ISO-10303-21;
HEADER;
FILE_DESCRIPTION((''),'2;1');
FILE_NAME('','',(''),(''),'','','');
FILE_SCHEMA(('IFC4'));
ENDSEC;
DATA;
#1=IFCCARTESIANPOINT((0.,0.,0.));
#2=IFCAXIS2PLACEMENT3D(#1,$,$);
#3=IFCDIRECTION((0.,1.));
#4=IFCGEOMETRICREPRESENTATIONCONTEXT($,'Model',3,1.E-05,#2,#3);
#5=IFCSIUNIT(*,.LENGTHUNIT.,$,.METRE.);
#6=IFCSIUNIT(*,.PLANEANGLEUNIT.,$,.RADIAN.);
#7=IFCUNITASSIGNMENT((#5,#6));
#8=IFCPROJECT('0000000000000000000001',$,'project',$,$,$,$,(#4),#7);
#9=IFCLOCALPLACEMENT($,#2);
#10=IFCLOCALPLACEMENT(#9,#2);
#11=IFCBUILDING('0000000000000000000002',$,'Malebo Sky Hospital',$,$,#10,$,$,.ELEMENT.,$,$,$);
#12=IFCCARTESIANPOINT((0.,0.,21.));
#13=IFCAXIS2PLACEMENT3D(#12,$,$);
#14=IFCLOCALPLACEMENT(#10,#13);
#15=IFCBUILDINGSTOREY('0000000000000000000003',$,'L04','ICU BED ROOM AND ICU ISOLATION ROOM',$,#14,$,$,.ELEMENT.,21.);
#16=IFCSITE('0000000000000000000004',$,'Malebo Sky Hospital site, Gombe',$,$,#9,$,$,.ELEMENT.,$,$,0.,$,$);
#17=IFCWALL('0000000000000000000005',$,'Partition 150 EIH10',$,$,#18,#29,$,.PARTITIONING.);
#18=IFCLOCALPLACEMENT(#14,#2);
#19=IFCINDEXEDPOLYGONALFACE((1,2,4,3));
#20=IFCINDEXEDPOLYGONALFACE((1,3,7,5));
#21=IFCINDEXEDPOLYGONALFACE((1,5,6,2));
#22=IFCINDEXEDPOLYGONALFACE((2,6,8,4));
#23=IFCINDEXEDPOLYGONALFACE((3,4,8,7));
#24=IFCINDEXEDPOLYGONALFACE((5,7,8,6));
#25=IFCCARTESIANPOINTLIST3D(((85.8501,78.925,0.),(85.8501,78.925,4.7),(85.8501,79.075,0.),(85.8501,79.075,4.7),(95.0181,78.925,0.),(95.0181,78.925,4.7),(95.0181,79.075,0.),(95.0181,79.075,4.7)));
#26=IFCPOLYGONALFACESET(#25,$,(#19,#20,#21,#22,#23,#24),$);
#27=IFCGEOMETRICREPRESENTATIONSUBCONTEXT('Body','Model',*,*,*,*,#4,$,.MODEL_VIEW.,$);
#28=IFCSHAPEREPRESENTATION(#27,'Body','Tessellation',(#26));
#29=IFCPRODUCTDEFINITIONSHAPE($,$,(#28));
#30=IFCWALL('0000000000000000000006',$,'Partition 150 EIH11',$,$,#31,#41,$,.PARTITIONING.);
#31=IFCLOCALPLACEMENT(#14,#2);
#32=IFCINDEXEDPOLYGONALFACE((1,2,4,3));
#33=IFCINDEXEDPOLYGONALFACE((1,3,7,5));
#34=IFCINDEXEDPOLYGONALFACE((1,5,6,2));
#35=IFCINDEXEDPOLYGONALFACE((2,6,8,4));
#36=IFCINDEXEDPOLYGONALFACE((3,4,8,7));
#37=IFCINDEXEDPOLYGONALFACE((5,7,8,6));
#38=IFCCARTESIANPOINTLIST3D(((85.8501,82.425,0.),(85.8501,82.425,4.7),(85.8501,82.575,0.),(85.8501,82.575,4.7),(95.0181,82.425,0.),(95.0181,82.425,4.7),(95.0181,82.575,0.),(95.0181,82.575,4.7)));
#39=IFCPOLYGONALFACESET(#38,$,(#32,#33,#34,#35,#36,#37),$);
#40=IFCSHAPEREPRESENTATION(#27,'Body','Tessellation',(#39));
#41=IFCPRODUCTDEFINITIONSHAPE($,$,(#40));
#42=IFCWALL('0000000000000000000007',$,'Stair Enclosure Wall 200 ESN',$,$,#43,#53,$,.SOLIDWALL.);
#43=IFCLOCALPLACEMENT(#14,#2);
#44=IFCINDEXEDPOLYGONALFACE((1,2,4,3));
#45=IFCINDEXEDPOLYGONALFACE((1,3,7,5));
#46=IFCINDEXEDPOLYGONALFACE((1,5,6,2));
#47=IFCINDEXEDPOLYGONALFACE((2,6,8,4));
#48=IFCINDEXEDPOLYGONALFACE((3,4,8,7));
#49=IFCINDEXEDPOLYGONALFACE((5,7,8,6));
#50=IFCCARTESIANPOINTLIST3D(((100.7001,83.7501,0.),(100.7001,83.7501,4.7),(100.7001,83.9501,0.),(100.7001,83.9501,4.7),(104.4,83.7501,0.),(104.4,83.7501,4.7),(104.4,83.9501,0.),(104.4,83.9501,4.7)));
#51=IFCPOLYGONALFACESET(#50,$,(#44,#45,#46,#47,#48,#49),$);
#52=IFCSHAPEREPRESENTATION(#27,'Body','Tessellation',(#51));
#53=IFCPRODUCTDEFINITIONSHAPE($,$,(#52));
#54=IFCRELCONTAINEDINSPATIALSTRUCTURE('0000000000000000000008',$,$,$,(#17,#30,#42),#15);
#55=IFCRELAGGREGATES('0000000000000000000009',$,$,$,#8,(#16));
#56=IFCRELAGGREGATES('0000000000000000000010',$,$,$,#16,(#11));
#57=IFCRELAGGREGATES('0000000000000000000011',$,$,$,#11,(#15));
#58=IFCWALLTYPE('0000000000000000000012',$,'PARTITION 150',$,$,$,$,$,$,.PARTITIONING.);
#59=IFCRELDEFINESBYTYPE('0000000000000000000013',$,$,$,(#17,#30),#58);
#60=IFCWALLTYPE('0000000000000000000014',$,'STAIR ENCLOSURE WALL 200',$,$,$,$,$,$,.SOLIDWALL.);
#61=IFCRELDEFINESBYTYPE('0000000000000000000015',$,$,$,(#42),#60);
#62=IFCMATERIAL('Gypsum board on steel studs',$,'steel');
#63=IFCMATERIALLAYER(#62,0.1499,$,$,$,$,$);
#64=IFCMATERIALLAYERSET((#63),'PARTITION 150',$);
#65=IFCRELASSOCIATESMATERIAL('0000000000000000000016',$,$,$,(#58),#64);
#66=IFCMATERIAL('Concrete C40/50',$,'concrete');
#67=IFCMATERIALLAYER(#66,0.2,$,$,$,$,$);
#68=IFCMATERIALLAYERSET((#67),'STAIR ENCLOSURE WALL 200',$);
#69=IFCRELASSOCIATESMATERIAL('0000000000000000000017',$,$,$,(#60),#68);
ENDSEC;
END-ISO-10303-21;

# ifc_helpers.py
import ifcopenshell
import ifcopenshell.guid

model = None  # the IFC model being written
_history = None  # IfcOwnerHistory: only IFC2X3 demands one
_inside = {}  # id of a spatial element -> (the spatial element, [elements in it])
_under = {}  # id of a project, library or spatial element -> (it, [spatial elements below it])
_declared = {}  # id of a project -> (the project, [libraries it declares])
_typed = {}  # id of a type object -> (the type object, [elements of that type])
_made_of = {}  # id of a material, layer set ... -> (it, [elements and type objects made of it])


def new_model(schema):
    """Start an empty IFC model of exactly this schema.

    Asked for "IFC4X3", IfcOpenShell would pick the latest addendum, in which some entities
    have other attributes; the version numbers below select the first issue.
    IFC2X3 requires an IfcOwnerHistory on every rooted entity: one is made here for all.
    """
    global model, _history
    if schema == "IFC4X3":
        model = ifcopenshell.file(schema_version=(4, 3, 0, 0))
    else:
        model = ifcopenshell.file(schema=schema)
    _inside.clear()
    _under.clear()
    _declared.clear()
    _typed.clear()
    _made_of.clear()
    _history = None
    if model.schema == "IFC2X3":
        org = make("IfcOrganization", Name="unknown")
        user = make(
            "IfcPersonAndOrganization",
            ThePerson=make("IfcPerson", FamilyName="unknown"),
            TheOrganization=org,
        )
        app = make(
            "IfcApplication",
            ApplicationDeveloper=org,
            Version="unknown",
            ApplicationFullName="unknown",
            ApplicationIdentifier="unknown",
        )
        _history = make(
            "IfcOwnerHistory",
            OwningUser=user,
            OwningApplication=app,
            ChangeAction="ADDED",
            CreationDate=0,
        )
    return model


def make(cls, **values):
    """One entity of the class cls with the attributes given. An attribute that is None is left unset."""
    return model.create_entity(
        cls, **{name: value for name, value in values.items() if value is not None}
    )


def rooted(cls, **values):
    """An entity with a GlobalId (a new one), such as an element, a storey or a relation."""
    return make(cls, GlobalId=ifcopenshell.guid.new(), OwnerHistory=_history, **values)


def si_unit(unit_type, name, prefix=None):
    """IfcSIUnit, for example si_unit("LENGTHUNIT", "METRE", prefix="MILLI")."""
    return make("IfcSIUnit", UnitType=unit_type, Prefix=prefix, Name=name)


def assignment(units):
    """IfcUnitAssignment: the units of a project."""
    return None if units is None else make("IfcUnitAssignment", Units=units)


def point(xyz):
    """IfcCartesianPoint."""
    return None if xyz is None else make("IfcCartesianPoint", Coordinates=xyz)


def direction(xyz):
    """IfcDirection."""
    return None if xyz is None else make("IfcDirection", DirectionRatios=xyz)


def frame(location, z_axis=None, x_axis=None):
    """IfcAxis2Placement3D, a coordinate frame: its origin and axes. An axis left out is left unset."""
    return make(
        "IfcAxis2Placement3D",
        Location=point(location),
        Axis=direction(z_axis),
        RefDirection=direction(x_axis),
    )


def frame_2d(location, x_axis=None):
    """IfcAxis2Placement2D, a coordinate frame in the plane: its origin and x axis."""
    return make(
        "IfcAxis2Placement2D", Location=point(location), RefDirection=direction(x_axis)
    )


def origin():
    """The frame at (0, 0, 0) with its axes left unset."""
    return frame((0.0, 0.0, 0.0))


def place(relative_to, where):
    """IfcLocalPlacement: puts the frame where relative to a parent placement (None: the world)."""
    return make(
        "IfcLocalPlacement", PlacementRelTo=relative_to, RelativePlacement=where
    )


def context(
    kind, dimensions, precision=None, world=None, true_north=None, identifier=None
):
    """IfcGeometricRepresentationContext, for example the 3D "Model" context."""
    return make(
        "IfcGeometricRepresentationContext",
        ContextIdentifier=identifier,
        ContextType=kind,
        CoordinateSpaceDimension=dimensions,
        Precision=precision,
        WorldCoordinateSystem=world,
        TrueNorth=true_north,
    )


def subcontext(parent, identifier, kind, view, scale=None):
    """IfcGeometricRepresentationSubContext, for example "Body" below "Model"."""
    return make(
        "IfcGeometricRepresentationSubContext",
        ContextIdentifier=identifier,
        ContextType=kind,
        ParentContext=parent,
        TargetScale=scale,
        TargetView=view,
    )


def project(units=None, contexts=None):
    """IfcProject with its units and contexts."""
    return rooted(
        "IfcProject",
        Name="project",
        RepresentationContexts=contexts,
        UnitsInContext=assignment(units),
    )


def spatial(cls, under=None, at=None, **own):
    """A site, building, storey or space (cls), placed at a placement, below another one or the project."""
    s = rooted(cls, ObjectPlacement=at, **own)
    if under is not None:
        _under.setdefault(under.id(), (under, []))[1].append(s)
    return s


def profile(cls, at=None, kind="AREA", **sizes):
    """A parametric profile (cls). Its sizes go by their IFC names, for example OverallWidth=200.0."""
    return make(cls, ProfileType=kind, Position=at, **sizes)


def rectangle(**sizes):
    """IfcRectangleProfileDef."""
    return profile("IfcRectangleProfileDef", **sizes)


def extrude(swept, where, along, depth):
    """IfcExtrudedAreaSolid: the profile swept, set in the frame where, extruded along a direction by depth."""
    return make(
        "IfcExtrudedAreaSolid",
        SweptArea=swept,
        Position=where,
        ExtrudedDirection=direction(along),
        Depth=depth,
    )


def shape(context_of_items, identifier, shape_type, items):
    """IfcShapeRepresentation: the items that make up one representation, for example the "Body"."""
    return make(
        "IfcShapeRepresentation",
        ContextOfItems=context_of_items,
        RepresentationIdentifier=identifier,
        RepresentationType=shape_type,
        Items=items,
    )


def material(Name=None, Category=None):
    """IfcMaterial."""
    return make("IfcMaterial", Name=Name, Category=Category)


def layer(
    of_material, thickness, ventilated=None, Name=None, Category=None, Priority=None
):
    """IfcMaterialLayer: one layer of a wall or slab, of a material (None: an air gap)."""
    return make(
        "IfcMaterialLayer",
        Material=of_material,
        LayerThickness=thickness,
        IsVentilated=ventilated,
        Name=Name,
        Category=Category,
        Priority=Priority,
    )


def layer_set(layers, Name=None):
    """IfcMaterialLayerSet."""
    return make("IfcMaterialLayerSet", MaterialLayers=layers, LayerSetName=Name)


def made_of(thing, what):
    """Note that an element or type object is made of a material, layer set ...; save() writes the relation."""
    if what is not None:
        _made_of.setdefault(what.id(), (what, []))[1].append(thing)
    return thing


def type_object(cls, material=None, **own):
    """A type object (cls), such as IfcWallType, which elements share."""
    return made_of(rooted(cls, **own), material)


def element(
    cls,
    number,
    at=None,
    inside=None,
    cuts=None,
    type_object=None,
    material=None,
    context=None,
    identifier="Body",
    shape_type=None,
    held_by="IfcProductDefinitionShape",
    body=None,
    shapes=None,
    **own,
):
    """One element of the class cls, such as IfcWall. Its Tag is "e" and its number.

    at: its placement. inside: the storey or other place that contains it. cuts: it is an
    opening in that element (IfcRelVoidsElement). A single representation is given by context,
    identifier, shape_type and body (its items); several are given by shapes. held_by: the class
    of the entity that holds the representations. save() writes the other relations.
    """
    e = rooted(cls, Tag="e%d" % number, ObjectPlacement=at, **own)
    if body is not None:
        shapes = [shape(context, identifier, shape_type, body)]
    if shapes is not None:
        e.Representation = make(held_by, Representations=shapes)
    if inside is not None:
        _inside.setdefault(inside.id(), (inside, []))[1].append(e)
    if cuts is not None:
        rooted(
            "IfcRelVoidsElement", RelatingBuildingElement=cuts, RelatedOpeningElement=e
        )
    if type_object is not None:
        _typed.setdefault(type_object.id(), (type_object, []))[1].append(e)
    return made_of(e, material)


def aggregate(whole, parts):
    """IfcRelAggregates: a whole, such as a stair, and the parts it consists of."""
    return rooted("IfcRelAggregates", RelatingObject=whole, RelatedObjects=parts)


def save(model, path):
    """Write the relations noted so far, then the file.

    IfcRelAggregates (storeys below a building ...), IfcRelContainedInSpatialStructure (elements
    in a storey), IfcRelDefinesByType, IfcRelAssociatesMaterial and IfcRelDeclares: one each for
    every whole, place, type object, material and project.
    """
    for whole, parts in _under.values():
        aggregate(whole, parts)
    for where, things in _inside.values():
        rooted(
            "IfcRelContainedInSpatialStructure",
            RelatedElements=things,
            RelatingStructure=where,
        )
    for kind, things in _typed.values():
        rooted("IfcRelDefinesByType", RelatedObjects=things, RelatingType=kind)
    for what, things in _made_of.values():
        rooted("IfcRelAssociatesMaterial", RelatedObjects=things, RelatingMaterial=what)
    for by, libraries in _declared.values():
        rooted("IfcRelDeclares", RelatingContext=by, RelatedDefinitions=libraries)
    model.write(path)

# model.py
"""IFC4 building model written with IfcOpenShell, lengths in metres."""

from ifc_helpers import new_model, si_unit, direction, frame, frame_2d, origin, place, context, subcontext, project, spatial, rectangle, extrude, material, layer, layer_set, type_object, element, save


model = new_model("IFC4")

# Units and contexts
model_context = context("Model", 3, precision=1e-05, world=origin(), true_north=direction((0.0, 1.0)))
body_context = subcontext(model_context, "Body", "Model", "MODEL_VIEW")
ifc_project = project(units=[si_unit("LENGTHUNIT", "METRE"), si_unit("PLANEANGLEUNIT", "RADIAN")], contexts=[model_context])

# Site, building, storey
site_placement = place(None, origin())
site = spatial("IfcSite", under=ifc_project, at=site_placement, Name="Malebo Sky Hospital site, Gombe", CompositionType="ELEMENT", RefElevation=0.0)
building_placement = place(site_placement, origin())
building = spatial("IfcBuilding", under=site, at=building_placement, Name="Malebo Sky Hospital", CompositionType="ELEMENT")
storey_placement = place(building_placement, frame((0.0, 0.0, 21.0)))
storey = spatial("IfcBuildingStorey", under=building, at=storey_placement, Name="L04", Description="ICU BED ROOM AND ICU ISOLATION ROOM", CompositionType="ELEMENT", Elevation=21.0)

# Walls
ifc_material_1 = material(Name="Gypsum board on steel studs", Category="steel")
ifc_layer_1 = layer(ifc_material_1, 0.1499)
ifc_layer_set_1 = layer_set([ifc_layer_1], Name="PARTITION 150")
wall_type_1 = type_object("IfcWallType", Name="PARTITION 150", PredefinedType="PARTITIONING", material=ifc_layer_set_1)
for number, where, z_axis, x_axis, name in (
    (1, (95.0181, 79.0, 0.0), (0.0, 0.0, 1.0), (-1.0, 0.0, 0.0), "Partition 150 EIH10"),
    (2, (95.0181, 82.5, 0.0), (0.0, 0.0, 1.0), (-1.0, 0.0, 0.0), "Partition 150 EIH11"),
):
    element("IfcWall", number, at=place(storey_placement, frame(where, z_axis=z_axis, x_axis=x_axis)), inside=storey, type_object=wall_type_1, Name=name, PredefinedType="PARTITIONING", context=body_context, shape_type="SweptSolid", body=[
        extrude(rectangle(XDim=9.168, YDim=0.1499, at=frame_2d((4.584, 0.0))), origin(), (0.0, 0.0, 1.0), 4.7),
    ])
ifc_material_2 = material(Name="Concrete C40/50", Category="concrete")
ifc_layer_2 = layer(ifc_material_2, 0.2)
ifc_layer_set_2 = layer_set([ifc_layer_2], Name="STAIR ENCLOSURE WALL 200")
wall_type_2 = type_object("IfcWallType", Name="STAIR ENCLOSURE WALL 200", PredefinedType="SOLIDWALL", material=ifc_layer_set_2)
wall_placement = place(storey_placement, frame((100.7, 83.8501, 0.0), z_axis=(0.0, 0.0, 1.0), x_axis=(1.0, 0.0, 0.0)))
element("IfcWall", 3, at=wall_placement, inside=storey, type_object=wall_type_2, Name="Stair Enclosure Wall 200 ESN", PredefinedType="SOLIDWALL", context=body_context, shape_type="SweptSolid", body=[
    extrude(rectangle(XDim=3.7, YDim=0.2, at=frame_2d((1.8501, 0.0))), origin(), (0.0, 0.0, 1.0), 4.7),
])

save(model, "model.ifc")
